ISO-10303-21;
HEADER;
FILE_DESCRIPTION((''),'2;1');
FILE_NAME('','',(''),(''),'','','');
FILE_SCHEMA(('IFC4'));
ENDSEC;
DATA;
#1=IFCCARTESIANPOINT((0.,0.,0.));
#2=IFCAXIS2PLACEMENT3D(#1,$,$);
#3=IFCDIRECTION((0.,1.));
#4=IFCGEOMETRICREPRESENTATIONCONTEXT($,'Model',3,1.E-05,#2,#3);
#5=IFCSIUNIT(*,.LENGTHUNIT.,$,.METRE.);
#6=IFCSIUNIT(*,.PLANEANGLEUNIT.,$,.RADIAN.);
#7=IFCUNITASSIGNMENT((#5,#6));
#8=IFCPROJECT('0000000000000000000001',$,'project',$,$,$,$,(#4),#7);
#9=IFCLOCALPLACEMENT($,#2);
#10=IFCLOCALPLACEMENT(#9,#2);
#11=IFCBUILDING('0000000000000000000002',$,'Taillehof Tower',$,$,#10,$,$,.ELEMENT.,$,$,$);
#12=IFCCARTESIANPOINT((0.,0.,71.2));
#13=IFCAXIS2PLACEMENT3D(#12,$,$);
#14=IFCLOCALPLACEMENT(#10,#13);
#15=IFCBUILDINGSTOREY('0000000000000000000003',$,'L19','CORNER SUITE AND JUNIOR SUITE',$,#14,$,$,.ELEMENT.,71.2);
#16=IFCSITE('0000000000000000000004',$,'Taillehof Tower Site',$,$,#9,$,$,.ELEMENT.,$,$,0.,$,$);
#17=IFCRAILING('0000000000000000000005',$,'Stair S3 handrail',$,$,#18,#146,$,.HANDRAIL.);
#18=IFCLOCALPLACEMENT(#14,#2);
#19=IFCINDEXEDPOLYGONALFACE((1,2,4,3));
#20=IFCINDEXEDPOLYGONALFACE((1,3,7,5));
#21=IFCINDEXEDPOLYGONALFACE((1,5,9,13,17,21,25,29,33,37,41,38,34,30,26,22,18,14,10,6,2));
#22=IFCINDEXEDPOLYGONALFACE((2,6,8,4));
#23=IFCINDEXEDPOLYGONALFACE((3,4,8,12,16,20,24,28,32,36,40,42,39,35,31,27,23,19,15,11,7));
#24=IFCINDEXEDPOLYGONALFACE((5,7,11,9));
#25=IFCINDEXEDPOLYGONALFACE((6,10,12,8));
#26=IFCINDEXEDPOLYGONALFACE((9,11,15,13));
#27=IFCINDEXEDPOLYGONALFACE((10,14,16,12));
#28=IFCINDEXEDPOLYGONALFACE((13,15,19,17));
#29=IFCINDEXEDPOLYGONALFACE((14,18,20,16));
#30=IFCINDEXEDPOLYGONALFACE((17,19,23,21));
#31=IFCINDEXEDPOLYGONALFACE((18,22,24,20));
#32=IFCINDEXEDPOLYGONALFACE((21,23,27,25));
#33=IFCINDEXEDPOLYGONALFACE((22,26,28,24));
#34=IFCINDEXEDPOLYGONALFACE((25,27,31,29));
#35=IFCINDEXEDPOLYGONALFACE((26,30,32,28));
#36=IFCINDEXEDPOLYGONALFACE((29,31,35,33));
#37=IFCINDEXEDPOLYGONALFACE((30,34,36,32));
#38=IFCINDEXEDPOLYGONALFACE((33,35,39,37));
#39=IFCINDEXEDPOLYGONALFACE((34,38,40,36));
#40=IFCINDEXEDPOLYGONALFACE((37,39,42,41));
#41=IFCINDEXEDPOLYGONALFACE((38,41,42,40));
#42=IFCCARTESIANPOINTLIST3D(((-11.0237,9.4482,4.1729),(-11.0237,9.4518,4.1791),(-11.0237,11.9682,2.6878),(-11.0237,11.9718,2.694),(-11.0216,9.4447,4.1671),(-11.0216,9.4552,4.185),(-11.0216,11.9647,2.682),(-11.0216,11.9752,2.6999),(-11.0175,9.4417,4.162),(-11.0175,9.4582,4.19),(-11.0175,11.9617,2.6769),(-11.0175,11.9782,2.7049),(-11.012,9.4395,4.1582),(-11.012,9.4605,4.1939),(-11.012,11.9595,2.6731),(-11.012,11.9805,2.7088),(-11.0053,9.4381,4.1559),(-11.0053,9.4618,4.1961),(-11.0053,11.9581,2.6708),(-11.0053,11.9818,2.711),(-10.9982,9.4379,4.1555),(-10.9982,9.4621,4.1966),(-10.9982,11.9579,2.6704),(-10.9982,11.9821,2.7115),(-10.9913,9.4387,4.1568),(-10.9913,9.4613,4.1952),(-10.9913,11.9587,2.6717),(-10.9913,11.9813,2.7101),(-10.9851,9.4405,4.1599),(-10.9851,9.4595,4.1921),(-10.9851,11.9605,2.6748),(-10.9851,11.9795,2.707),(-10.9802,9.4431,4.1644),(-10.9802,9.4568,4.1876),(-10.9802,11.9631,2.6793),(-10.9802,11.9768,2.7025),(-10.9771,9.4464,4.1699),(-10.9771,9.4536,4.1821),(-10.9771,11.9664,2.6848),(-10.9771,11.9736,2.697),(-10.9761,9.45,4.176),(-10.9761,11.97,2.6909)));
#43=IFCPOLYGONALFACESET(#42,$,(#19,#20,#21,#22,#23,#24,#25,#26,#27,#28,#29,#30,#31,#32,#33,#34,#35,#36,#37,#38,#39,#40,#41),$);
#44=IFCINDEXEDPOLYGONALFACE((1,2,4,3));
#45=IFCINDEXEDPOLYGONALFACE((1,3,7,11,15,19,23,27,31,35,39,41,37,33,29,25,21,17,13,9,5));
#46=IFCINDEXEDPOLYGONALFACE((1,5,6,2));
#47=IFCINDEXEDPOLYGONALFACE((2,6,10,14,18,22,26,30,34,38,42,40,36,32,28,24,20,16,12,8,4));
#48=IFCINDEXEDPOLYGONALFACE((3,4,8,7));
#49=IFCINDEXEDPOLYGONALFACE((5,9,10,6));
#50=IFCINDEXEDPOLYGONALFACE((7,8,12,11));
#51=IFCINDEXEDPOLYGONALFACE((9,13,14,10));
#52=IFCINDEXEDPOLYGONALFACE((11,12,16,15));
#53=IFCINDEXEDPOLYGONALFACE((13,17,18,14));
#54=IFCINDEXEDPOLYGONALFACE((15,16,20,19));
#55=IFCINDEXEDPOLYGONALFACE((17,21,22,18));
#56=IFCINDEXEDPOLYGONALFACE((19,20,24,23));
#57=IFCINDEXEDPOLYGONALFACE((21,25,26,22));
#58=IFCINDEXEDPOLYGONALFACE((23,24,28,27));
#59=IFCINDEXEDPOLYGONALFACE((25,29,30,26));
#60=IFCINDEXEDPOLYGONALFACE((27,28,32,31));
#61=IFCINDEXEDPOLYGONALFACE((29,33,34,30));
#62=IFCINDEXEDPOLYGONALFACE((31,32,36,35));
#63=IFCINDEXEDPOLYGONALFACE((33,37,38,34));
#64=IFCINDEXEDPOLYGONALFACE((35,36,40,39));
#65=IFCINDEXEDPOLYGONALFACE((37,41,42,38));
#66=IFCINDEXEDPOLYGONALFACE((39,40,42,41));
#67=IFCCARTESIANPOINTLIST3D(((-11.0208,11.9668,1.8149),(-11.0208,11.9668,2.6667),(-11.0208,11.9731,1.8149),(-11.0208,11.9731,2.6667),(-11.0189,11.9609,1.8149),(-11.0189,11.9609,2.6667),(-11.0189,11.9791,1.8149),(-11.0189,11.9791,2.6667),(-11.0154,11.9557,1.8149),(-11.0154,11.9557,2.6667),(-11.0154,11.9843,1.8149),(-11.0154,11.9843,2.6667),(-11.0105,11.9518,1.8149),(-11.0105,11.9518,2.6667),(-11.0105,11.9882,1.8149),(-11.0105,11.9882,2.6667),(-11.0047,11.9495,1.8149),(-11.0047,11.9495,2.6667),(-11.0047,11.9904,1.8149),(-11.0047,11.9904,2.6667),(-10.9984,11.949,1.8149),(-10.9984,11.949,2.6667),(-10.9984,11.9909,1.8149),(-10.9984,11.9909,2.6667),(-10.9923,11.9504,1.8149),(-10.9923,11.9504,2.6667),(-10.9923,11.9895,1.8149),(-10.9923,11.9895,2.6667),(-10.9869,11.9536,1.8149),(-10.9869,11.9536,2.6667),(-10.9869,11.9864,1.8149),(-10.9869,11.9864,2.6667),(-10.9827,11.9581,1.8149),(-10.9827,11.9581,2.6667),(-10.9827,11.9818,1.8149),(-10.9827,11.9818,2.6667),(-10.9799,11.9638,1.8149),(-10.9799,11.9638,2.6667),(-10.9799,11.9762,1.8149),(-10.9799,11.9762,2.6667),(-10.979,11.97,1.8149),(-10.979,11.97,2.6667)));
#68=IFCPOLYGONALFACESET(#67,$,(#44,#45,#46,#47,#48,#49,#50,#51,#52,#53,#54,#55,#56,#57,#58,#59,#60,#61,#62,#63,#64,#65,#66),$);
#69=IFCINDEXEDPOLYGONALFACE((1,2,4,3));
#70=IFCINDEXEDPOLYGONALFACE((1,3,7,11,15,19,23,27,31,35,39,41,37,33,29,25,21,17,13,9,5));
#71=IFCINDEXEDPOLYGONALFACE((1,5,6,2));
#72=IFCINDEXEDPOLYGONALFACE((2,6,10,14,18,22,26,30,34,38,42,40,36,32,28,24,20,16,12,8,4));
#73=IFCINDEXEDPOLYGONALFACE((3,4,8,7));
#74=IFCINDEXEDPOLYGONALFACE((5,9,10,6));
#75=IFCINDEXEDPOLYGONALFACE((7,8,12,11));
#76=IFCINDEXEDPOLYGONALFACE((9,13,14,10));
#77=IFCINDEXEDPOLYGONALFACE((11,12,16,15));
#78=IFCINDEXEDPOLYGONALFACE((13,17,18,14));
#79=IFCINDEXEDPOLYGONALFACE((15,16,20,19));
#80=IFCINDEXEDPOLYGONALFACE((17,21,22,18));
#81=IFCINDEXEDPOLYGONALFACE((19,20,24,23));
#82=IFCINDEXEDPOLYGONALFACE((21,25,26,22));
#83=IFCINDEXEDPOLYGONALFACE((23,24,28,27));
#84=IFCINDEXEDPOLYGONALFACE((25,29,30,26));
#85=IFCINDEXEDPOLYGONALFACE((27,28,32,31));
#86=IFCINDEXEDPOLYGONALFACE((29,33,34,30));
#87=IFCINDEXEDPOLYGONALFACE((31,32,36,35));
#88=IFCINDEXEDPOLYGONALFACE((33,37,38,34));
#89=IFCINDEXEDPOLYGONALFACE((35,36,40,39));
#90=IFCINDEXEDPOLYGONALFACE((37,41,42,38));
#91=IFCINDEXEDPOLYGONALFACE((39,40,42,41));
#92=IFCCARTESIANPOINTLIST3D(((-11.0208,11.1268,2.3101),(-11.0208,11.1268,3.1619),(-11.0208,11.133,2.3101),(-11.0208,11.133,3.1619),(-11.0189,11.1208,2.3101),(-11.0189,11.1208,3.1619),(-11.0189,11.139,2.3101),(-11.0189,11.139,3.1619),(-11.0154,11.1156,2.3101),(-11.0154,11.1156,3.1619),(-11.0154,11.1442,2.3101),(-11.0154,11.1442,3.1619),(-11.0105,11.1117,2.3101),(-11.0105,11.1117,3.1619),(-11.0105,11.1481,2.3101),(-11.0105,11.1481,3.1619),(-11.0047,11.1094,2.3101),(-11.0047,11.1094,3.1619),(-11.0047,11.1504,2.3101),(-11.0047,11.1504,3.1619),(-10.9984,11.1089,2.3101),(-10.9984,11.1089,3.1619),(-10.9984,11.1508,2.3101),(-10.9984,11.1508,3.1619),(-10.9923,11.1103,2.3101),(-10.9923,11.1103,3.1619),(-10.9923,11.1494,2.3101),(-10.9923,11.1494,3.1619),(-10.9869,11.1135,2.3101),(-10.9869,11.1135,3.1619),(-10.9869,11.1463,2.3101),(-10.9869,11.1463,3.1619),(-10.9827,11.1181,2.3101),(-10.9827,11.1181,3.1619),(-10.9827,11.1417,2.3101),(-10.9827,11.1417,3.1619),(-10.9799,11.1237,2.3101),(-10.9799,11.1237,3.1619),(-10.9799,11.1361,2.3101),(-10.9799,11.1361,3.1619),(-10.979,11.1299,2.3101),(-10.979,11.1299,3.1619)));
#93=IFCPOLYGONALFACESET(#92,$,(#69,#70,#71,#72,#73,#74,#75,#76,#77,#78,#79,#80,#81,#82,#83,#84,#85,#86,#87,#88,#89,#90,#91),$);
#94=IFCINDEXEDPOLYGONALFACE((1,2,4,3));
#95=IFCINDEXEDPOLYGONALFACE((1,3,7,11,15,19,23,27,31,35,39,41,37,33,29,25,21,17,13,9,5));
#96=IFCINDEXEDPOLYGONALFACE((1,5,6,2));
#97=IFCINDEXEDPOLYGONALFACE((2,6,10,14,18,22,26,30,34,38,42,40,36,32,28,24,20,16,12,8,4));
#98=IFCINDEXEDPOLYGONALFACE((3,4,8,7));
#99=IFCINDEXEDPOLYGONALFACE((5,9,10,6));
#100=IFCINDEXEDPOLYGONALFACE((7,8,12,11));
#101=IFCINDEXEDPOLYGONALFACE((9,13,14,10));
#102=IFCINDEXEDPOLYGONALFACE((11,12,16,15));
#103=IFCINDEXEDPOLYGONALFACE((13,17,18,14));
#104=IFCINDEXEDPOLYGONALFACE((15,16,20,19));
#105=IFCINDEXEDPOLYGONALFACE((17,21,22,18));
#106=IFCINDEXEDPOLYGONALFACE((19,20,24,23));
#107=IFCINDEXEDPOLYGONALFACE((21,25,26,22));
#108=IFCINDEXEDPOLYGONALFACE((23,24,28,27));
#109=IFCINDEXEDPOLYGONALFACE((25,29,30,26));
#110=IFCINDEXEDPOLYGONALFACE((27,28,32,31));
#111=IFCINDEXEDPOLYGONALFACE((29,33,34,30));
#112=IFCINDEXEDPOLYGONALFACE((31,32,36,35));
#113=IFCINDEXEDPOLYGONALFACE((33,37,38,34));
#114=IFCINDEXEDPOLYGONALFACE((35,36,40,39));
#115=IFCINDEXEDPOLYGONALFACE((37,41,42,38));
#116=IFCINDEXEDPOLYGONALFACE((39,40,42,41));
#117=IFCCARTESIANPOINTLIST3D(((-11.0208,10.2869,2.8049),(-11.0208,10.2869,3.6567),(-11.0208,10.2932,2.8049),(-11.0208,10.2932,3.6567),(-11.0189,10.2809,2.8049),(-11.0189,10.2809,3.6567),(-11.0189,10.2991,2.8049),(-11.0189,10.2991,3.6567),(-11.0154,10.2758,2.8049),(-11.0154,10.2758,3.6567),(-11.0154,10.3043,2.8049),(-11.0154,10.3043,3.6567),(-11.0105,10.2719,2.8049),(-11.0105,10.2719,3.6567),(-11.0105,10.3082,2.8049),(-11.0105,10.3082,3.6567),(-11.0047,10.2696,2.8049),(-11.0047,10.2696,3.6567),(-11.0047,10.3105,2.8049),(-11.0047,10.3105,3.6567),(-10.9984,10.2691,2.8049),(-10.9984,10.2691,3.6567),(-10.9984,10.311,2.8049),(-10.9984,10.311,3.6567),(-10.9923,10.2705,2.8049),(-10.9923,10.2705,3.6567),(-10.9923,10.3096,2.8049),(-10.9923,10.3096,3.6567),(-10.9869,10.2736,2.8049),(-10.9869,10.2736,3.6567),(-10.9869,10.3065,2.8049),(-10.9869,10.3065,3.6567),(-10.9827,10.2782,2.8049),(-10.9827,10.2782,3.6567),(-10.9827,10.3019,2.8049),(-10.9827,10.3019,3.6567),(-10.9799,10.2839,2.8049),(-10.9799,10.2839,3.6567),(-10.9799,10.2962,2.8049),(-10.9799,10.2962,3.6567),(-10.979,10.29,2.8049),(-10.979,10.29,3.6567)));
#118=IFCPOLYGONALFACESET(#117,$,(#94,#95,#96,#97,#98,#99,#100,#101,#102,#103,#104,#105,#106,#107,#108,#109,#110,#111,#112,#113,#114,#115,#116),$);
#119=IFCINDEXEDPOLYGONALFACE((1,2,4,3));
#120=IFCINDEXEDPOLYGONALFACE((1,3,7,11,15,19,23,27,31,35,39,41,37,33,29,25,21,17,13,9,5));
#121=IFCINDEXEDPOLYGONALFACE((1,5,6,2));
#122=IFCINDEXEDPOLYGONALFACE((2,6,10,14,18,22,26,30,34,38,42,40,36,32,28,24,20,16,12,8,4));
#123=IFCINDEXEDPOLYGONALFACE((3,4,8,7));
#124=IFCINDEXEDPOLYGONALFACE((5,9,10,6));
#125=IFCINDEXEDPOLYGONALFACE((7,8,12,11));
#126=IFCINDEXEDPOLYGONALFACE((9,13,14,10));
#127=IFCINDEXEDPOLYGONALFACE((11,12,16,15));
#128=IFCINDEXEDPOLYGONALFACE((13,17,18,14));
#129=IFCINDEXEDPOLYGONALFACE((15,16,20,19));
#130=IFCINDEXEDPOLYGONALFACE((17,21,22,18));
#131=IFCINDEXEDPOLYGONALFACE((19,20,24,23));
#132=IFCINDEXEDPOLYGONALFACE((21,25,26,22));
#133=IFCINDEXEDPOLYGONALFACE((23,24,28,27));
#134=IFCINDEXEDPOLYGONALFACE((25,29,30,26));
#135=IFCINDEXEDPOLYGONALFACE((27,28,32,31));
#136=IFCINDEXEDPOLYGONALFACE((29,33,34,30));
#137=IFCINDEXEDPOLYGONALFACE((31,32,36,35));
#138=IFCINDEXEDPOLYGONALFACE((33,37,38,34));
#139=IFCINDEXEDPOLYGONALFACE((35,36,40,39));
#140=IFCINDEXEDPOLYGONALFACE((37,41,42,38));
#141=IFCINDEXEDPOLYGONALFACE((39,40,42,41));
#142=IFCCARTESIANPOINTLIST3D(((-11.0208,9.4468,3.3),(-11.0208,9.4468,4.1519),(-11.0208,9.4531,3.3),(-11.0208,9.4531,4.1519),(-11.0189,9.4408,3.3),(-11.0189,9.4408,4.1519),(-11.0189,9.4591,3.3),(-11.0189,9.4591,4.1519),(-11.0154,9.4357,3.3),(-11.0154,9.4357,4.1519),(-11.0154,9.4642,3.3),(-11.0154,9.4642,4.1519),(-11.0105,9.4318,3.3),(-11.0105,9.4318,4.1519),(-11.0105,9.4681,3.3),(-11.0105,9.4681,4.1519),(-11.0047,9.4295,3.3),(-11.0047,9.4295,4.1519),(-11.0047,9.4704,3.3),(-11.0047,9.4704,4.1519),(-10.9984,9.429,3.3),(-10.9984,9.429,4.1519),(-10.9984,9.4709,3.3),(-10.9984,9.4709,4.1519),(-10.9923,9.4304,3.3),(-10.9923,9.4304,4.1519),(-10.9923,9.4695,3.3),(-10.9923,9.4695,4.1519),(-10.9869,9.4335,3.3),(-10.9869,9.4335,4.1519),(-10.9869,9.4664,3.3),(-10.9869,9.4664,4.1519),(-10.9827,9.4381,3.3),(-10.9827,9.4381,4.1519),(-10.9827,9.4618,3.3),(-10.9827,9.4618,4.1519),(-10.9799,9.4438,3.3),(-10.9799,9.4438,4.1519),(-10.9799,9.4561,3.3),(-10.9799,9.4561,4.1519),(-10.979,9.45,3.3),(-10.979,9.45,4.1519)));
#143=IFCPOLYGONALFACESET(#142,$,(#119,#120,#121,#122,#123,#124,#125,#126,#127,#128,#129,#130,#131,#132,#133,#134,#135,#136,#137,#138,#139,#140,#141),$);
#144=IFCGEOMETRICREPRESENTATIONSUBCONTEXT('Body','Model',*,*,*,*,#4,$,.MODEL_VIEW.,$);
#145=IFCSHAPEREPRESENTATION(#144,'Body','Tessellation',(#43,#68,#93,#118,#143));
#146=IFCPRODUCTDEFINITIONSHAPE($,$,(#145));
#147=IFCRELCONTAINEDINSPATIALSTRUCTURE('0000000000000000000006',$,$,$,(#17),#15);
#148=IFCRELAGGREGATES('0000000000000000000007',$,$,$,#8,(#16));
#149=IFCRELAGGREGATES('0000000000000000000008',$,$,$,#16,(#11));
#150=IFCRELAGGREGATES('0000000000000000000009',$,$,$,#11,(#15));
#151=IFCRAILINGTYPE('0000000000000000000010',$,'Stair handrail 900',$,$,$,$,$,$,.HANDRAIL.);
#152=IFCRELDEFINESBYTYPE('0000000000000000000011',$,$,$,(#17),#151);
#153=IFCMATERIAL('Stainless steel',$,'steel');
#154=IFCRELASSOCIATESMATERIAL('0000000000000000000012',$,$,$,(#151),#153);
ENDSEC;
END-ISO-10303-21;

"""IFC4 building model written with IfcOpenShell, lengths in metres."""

from ifc_helpers import new_model, si_unit, direction, frame, origin, origin_2d, place, context, subcontext, project, spatial, circle, extrude, material, type_object, element, save


model = new_model("IFC4")

# Units and contexts
model_context = context("Model", 3, precision=1e-05, world=origin(), true_north=direction((0.0, 1.0)))
body_context = subcontext(model_context, "Body", "Model", "MODEL_VIEW")
ifc_project = project(units=[si_unit("LENGTHUNIT", "METRE"), si_unit("PLANEANGLEUNIT", "RADIAN")], contexts=[model_context])

# Site, building, storey
site_placement = place(None, origin())
site = spatial("IfcSite", under=ifc_project, at=site_placement, Name="Taillehof Tower Site", CompositionType="ELEMENT", RefElevation=0.0)
building_placement = place(site_placement, origin())
building = spatial("IfcBuilding", under=site, at=building_placement, Name="Taillehof Tower", CompositionType="ELEMENT")
storey_placement = place(building_placement, frame((0.0, 0.0, 71.2)))
storey = spatial("IfcBuildingStorey", under=building, at=storey_placement, Name="L19", Description="CORNER SUITE AND JUNIOR SUITE", CompositionType="ELEMENT", Elevation=71.2)

# Railing
ifc_material_1 = material(Name="Stainless steel", Category="steel")
railing_type = type_object("IfcRailingType", Name="Stair handrail 900", PredefinedType="HANDRAIL", material=ifc_material_1)
railing_1_placement = place(storey_placement, frame((-11.0, 11.97, 1.8149)))
element("IfcRailing", 1, at=railing_1_placement, inside=storey, type_object=railing_type, Name="Stair S3 handrail", PredefinedType="HANDRAIL", context=body_context, shape_type="SweptSolid", body=[
    extrude(circle(Radius=0.0239, at=origin_2d()), frame((0.0, 0.0, 0.876), z_axis=(0.0, -0.861524, 0.507717), x_axis=(1.0, 0.0, 0.0)), (0.0, 0.0, 1.0), 2.925),
    extrude(circle(Radius=0.021, at=origin_2d()), origin(), (0.0, 0.0, 1.0), 0.8518),
    extrude(circle(Radius=0.021, at=origin_2d()), frame((0.0, -0.8401, 0.4951)), (0.0, 0.0, 1.0), 0.8518),
    extrude(circle(Radius=0.021, at=origin_2d()), frame((0.0, -1.6799, 0.99)), (0.0, 0.0, 1.0), 0.8518),
    extrude(circle(Radius=0.021, at=origin_2d()), frame((0.0, -2.52, 1.4851)), (0.0, 0.0, 1.0), 0.8518),
])

save(model, "model.ifc")
